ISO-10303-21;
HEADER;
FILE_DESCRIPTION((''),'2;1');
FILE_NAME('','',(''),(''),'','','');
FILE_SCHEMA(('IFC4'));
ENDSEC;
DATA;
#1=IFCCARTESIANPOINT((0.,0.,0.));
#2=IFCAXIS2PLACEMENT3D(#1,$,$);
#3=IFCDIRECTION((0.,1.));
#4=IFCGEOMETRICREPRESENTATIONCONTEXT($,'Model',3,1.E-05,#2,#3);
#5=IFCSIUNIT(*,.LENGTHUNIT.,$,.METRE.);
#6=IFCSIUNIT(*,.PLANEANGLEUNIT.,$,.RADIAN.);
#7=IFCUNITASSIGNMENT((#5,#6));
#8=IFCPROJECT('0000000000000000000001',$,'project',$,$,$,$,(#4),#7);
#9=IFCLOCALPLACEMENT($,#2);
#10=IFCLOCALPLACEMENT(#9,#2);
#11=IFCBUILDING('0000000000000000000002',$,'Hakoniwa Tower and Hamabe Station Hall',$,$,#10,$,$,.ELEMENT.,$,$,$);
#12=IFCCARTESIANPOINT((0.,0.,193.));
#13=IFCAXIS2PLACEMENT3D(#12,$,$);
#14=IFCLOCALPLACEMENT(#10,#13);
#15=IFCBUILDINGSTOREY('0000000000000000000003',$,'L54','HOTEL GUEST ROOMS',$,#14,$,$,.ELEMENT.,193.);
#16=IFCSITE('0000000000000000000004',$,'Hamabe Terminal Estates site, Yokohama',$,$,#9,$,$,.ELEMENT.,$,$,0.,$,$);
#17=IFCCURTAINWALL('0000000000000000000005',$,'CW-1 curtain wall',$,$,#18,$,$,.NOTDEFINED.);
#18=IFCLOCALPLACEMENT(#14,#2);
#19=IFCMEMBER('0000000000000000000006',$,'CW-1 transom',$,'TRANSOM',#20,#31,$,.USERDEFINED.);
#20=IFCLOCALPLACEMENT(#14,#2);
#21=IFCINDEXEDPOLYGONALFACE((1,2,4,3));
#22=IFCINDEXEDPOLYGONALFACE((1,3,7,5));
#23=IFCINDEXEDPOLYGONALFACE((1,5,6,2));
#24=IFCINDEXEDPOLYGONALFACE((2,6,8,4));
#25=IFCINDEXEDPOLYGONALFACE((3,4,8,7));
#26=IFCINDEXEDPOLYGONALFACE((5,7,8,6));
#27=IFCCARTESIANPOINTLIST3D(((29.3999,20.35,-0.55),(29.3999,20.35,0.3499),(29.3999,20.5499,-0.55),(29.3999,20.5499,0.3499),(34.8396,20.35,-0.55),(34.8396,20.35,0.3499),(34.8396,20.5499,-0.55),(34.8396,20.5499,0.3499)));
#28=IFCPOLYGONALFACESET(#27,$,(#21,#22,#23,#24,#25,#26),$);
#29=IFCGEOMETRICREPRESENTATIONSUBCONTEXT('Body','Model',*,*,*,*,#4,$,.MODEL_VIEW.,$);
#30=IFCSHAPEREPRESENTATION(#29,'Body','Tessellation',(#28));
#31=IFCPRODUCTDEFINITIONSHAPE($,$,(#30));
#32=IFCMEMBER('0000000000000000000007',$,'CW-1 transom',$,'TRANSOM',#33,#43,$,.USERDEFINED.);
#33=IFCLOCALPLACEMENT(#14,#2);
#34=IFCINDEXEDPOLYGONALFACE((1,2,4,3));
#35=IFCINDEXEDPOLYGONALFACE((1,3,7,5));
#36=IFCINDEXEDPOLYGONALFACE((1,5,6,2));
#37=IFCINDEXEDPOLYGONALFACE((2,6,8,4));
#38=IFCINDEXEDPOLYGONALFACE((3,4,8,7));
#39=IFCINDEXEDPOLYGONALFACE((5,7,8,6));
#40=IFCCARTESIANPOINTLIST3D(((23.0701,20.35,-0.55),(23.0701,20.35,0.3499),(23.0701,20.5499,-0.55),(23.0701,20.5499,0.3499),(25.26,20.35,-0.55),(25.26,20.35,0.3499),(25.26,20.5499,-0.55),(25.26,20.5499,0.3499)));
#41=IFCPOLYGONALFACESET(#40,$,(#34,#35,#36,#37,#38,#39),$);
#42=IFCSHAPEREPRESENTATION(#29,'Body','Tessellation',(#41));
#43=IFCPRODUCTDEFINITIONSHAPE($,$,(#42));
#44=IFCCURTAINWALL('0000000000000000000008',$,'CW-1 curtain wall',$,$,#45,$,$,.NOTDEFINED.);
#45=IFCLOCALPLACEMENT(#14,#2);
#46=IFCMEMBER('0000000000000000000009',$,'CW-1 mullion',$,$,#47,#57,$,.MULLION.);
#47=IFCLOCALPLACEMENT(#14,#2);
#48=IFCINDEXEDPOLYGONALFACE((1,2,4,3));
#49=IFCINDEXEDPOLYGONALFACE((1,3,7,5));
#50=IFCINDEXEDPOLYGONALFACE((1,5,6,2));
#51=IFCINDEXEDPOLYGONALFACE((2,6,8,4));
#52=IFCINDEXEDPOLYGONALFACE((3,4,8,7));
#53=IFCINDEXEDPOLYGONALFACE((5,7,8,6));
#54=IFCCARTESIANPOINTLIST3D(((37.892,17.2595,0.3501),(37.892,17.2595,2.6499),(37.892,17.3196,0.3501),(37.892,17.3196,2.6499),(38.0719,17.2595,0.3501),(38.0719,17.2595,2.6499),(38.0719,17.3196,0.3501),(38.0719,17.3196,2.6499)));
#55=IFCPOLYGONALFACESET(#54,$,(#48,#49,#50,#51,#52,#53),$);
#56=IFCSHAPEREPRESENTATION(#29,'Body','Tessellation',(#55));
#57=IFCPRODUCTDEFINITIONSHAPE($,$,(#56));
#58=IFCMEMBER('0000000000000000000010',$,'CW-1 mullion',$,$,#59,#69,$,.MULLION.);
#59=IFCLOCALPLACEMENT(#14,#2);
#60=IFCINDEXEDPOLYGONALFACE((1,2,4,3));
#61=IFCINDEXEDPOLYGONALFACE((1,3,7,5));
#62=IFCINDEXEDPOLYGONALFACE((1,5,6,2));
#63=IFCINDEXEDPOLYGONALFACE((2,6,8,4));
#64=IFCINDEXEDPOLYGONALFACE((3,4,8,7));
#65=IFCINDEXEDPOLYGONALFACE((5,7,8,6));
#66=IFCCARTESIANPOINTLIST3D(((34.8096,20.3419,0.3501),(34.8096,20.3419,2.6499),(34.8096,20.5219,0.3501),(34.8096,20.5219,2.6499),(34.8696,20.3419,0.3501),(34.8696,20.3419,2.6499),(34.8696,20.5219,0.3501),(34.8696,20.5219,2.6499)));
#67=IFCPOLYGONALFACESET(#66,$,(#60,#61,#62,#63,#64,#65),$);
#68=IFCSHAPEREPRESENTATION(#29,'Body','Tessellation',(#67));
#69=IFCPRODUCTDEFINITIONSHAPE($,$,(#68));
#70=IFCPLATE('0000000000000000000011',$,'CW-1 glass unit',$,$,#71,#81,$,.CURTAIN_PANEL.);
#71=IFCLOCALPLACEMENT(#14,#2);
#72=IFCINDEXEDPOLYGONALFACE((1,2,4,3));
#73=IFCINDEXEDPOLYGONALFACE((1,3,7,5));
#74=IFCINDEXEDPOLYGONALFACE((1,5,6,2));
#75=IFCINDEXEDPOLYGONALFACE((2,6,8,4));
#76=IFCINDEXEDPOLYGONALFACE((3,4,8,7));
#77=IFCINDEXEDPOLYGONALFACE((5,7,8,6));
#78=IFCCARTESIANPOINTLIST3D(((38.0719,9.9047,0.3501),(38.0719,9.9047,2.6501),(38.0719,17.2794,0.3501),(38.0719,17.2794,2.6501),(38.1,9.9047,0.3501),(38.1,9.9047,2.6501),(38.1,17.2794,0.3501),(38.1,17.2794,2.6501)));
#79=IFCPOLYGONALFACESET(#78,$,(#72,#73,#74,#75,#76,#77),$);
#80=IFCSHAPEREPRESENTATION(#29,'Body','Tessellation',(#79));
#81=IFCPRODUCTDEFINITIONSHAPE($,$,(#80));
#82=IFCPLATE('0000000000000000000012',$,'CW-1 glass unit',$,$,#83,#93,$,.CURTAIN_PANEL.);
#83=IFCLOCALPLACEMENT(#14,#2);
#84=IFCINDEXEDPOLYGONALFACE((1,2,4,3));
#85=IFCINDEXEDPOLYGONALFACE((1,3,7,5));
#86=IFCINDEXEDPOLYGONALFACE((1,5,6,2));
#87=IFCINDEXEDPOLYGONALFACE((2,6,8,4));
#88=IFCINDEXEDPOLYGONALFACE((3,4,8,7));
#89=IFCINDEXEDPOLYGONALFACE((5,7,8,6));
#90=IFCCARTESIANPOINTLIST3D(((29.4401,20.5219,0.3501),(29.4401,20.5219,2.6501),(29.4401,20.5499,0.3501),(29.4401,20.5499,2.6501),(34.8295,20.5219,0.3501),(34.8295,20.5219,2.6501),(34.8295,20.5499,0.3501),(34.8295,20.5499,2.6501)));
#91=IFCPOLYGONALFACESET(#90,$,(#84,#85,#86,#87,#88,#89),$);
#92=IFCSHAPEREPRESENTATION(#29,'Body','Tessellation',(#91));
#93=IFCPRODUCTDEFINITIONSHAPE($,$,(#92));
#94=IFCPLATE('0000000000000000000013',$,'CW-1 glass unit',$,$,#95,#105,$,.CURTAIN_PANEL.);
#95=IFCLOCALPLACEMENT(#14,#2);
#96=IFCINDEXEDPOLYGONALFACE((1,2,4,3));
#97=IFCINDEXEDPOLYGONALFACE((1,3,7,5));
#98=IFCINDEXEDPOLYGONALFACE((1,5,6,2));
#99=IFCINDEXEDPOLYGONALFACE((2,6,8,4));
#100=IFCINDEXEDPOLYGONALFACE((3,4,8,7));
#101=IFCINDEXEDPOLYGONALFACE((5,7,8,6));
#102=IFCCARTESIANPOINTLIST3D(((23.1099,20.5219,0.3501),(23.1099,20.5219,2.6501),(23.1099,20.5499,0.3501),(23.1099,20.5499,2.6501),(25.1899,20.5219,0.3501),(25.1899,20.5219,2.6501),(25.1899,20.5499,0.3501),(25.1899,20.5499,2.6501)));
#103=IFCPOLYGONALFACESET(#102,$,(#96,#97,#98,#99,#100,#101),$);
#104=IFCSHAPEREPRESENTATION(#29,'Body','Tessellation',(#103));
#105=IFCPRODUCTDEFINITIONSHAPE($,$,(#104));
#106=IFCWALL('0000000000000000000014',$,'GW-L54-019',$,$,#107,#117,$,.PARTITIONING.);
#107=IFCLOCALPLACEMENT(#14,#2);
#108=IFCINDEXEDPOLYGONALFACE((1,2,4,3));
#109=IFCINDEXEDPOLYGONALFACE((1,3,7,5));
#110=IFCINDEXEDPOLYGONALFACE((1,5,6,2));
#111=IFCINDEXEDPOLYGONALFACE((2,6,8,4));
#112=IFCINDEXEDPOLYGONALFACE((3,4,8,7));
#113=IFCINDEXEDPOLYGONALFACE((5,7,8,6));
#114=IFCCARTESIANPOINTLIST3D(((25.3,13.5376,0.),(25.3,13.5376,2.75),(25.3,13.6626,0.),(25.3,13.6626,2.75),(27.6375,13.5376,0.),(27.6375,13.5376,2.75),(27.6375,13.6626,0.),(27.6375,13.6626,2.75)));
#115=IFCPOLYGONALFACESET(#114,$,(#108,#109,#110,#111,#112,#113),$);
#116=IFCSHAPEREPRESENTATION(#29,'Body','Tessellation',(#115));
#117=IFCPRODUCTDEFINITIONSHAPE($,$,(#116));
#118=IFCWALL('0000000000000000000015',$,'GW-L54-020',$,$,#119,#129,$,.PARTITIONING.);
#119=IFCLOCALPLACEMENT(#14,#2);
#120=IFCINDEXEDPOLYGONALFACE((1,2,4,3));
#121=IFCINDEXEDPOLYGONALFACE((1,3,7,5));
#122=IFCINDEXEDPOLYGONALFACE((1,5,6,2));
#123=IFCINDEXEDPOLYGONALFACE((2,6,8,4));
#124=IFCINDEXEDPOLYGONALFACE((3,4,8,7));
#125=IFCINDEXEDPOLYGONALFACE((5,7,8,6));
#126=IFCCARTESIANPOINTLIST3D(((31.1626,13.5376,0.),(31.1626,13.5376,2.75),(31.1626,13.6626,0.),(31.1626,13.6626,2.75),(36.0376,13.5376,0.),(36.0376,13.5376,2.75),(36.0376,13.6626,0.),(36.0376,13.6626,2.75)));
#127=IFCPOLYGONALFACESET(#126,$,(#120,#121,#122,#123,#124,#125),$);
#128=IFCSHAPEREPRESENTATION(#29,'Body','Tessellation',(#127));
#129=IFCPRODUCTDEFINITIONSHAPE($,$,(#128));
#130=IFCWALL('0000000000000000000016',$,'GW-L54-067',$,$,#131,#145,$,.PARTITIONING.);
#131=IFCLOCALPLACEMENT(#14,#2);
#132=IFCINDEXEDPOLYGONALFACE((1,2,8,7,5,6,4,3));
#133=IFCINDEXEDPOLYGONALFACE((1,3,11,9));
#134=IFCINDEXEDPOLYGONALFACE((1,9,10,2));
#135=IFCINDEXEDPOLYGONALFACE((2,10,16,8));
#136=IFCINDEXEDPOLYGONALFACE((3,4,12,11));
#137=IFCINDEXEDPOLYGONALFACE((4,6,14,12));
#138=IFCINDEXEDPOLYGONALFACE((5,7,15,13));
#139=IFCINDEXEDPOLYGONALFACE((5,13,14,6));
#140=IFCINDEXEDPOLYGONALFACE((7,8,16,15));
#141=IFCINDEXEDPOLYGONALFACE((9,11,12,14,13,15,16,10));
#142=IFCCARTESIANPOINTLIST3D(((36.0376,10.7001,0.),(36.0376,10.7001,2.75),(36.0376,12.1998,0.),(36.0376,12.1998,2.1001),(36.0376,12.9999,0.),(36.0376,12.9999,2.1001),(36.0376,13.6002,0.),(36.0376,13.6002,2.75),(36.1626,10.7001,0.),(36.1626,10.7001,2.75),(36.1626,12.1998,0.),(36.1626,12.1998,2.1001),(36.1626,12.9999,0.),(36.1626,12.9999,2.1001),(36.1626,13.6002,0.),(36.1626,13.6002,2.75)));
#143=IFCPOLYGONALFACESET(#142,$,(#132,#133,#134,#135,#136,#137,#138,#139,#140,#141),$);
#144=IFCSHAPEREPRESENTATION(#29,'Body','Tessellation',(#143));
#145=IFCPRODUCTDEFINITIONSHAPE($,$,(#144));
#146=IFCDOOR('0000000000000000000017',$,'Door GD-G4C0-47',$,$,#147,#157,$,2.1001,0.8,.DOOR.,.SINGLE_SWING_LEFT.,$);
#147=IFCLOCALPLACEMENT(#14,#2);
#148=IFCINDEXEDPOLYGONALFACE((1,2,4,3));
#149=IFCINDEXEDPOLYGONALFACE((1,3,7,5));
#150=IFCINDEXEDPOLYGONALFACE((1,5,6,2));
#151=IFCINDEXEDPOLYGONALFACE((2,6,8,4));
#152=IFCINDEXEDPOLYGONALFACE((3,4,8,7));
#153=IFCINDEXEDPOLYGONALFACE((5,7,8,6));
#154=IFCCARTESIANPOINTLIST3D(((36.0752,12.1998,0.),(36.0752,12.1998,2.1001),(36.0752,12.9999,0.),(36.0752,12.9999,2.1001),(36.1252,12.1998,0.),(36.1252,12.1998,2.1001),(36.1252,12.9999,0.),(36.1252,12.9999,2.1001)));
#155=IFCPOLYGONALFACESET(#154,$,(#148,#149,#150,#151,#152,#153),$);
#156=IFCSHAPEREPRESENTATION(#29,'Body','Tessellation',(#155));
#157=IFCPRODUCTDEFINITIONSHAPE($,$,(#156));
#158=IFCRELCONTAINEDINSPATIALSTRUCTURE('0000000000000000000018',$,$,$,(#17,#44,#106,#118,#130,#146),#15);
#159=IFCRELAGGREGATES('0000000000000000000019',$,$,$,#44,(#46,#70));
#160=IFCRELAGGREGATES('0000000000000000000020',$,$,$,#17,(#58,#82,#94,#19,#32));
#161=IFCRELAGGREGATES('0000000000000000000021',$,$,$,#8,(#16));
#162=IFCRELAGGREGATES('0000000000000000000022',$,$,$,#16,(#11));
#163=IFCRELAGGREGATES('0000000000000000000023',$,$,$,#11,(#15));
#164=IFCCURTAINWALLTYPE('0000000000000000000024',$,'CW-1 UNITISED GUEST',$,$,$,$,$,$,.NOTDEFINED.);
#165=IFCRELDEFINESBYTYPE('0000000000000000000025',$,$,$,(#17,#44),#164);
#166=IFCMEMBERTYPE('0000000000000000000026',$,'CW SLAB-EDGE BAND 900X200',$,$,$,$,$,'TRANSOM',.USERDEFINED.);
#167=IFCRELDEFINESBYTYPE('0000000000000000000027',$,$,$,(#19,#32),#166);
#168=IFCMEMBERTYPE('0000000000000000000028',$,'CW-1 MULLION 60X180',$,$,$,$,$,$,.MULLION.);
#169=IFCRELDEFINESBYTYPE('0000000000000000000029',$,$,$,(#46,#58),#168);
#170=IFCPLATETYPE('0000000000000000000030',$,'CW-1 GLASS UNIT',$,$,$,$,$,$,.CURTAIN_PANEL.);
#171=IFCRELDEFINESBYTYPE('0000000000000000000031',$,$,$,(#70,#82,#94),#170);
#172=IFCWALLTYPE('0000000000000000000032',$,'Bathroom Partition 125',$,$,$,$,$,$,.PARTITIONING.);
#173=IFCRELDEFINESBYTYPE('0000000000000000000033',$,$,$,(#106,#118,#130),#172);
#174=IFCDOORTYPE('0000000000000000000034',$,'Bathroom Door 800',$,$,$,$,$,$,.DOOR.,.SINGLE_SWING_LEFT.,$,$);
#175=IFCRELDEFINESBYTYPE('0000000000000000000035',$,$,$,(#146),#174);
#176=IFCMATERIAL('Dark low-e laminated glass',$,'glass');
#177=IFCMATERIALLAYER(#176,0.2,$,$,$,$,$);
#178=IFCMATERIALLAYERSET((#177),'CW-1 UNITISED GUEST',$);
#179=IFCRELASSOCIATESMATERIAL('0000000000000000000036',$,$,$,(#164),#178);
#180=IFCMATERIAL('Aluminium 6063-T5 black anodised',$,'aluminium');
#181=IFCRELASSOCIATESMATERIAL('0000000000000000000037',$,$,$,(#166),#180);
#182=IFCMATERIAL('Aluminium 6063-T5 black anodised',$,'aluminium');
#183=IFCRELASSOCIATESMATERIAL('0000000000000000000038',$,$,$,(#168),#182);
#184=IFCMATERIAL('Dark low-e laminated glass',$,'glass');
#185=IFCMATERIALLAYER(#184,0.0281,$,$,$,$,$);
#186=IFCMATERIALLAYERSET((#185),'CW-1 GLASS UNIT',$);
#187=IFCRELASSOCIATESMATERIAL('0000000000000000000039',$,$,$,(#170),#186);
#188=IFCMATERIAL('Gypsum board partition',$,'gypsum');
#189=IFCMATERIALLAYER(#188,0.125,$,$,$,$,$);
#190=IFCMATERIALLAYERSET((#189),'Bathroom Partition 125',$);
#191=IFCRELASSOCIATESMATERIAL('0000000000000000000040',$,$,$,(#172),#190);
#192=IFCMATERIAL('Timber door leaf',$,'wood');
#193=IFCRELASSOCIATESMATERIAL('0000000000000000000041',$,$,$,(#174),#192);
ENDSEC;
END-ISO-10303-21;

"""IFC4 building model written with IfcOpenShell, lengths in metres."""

from ifc_helpers import new_model, si_unit, direction, frame, frame_2d, origin, origin_2d, place, context, subcontext, project, spatial, rectangle, extrude, material, layer, layer_set, material_profile, profile_set, type_object, element, fill, aggregate, save


model = new_model("IFC4")

# Units and contexts
model_context = context("Model", 3, precision=1e-05, world=origin(), true_north=direction((0.0, 1.0)))
body_context = subcontext(model_context, "Body", "Model", "MODEL_VIEW")
ifc_project = project(units=[si_unit("LENGTHUNIT", "METRE"), si_unit("PLANEANGLEUNIT", "RADIAN")], contexts=[model_context])

# Site, building, storey
site_placement = place(None, origin())
site = spatial("IfcSite", under=ifc_project, at=site_placement, Name="Hamabe Terminal Estates site, Yokohama", CompositionType="ELEMENT", RefElevation=0.0)
building_placement = place(site_placement, origin())
building = spatial("IfcBuilding", under=site, at=building_placement, Name="Hakoniwa Tower and Hamabe Station Hall", CompositionType="ELEMENT")
storey_placement = place(building_placement, frame((0.0, 0.0, 193.0)))
storey = spatial("IfcBuildingStorey", under=building, at=storey_placement, Name="L54", Description="HOTEL GUEST ROOMS", CompositionType="ELEMENT", Elevation=193.0)

# Curtain wall, members
ifc_material_1 = material(Name="Dark low-e laminated glass", Category="glass")
ifc_layer_1 = layer(ifc_material_1, 0.2)
ifc_layer_set_1 = layer_set([ifc_layer_1], Name="CW-1 UNITISED GUEST")
curtain_wall_type = type_object("IfcCurtainWallType", Name="CW-1 UNITISED GUEST", PredefinedType="NOTDEFINED", material=ifc_layer_set_1)
curtain_wall_1_placement = place(storey_placement, origin())
curtain_wall_1 = element("IfcCurtainWall", 1, at=curtain_wall_1_placement, inside=storey, type_object=curtain_wall_type, Name="CW-1 curtain wall", PredefinedType="NOTDEFINED")
ifc_material_2 = material(Name="Aluminium 6063-T5 black anodised", Category="aluminium")
ifc_material_profile_1 = material_profile(ifc_material_2, rectangle(XDim=0.2, YDim=0.8999, at=origin_2d()), Name="CW SLAB-EDGE BAND 900X200")
ifc_profile_set_1 = profile_set([ifc_material_profile_1], Name="Aluminium 6063-T5 black anodised")
member_type_1 = type_object("IfcMemberType", Name="CW SLAB-EDGE BAND 900X200", ElementType="TRANSOM", PredefinedType="USERDEFINED", material=ifc_profile_set_1)
member_1_placement = place(storey_placement, frame((34.8396, 20.45, -0.1001), z_axis=(-1.0, 0.0, 0.0), x_axis=(0.0, -1.0, 0.0)))
member_1 = element("IfcMember", 2, at=member_1_placement, type_object=member_type_1, Name="CW-1 transom", ObjectType="TRANSOM", PredefinedType="USERDEFINED", context=body_context, shape_type="SweptSolid", body=[
    extrude(rectangle(XDim=0.2, YDim=0.8999, at=origin_2d()), origin(), (0.0, 0.0, 1.0), 5.4397),
])
member_2_placement = place(storey_placement, frame((25.26, 20.45, -0.1001), z_axis=(-1.0, 0.0, 0.0), x_axis=(0.0, -1.0, 0.0)))
member_2 = element("IfcMember", 3, at=member_2_placement, type_object=member_type_1, Name="CW-1 transom", ObjectType="TRANSOM", PredefinedType="USERDEFINED", context=body_context, shape_type="SweptSolid", body=[
    extrude(rectangle(XDim=0.2, YDim=0.8999, at=origin_2d()), origin(), (0.0, 0.0, 1.0), 2.1899),
])

# Curtain wall, member
curtain_wall_2_placement = place(storey_placement, origin())
curtain_wall_2 = element("IfcCurtainWall", 4, at=curtain_wall_2_placement, inside=storey, type_object=curtain_wall_type, Name="CW-1 curtain wall", PredefinedType="NOTDEFINED")
ifc_material_3 = material(Name="Aluminium 6063-T5 black anodised", Category="aluminium")
ifc_material_profile_2 = material_profile(ifc_material_3, rectangle(XDim=0.0601, YDim=0.1799, at=origin_2d()), Name="CW-1 MULLION 60X180")
ifc_profile_set_2 = profile_set([ifc_material_profile_2], Name="Aluminium 6063-T5 black anodised")
member_type_2 = type_object("IfcMemberType", Name="CW-1 MULLION 60X180", PredefinedType="MULLION", material=ifc_profile_set_2)
member_3_placement = place(storey_placement, frame((37.9819, 17.2896, 0.3501), z_axis=(0.0, 0.0, 1.0), x_axis=(0.0, 1.0, 0.0)))
member_3 = element("IfcMember", 5, at=member_3_placement, type_object=member_type_2, Name="CW-1 mullion", PredefinedType="MULLION", context=body_context, shape_type="SweptSolid", body=[
    extrude(rectangle(XDim=0.0601, YDim=0.1799, at=origin_2d()), origin(), (0.0, 0.0, 1.0), 2.2998),
])

# Member
member_4_placement = place(storey_placement, frame((34.8396, 20.4319, 0.3501), z_axis=(0.0, 0.0, 1.0), x_axis=(-1.0, 0.0, 0.0)))
member_4 = element("IfcMember", 6, at=member_4_placement, type_object=member_type_2, Name="CW-1 mullion", PredefinedType="MULLION", context=body_context, shape_type="SweptSolid", body=[
    extrude(rectangle(XDim=0.0601, YDim=0.1799, at=origin_2d()), origin(), (0.0, 0.0, 1.0), 2.2998),
])

# Plates
ifc_material_4 = material(Name="Dark low-e laminated glass", Category="glass")
ifc_layer_2 = layer(ifc_material_4, 0.0281)
ifc_layer_set_2 = layer_set([ifc_layer_2], Name="CW-1 GLASS UNIT")
plate_type = type_object("IfcPlateType", Name="CW-1 GLASS UNIT", PredefinedType="CURTAIN_PANEL", material=ifc_layer_set_2)
plate_1_placement = place(storey_placement, frame((38.0859, 13.592, 0.3501), z_axis=(0.0, 0.0, 1.0), x_axis=(0.0, 1.0, 0.0)))
plate_1 = element("IfcPlate", 7, at=plate_1_placement, type_object=plate_type, Name="CW-1 glass unit", PredefinedType="CURTAIN_PANEL", context=body_context, shape_type="SweptSolid", body=[
    extrude(rectangle(XDim=7.3748, YDim=0.0281, at=origin_2d()), origin(), (0.0, 0.0, 1.0), 2.3),
])
aggregate(curtain_wall_2, [member_3, plate_1])
plate_2_placement = place(storey_placement, frame((32.1348, 20.5359, 0.3501), z_axis=(0.0, 0.0, 1.0), x_axis=(-1.0, 0.0, 0.0)))
plate_2 = element("IfcPlate", 8, at=plate_2_placement, type_object=plate_type, Name="CW-1 glass unit", PredefinedType="CURTAIN_PANEL", context=body_context, shape_type="SweptSolid", body=[
    extrude(rectangle(XDim=5.3894, YDim=0.0281, at=origin_2d()), origin(), (0.0, 0.0, 1.0), 2.3),
])
plate_3_placement = place(storey_placement, frame((24.1499, 20.5359, 0.3501), z_axis=(0.0, 0.0, 1.0), x_axis=(-1.0, 0.0, 0.0)))
plate_3 = element("IfcPlate", 9, at=plate_3_placement, type_object=plate_type, Name="CW-1 glass unit", PredefinedType="CURTAIN_PANEL", context=body_context, shape_type="SweptSolid", body=[
    extrude(rectangle(XDim=2.0801, YDim=0.0281, at=origin_2d()), origin(), (0.0, 0.0, 1.0), 2.3),
])

# Walls
ifc_material_5 = material(Name="Gypsum board partition", Category="gypsum")
ifc_layer_3 = layer(ifc_material_5, 0.125)
ifc_layer_set_3 = layer_set([ifc_layer_3], Name="Bathroom Partition 125")
wall_type_1 = type_object("IfcWallType", Name="Bathroom Partition 125", PredefinedType="PARTITIONING", material=ifc_layer_set_3)
wall_1_placement = place(storey_placement, frame((25.3, 13.6001, 0.0), z_axis=(0.0, 0.0, 1.0), x_axis=(1.0, 0.0, 0.0)))
element("IfcWall", 10, at=wall_1_placement, inside=storey, type_object=wall_type_1, Name="GW-L54-019", PredefinedType="PARTITIONING", context=body_context, shape_type="SweptSolid", body=[
    extrude(rectangle(XDim=2.3374, YDim=0.125, at=frame_2d((1.1687, 0.0))), origin(), (0.0, 0.0, 1.0), 2.75),
])
wall_2_placement = place(storey_placement, frame((31.1626, 13.6001, 0.0), z_axis=(0.0, 0.0, 1.0), x_axis=(1.0, 0.0, 0.0)))
element("IfcWall", 11, at=wall_2_placement, inside=storey, type_object=wall_type_1, Name="GW-L54-020", PredefinedType="PARTITIONING", context=body_context, shape_type="SweptSolid", body=[
    extrude(rectangle(XDim=4.875, YDim=0.125, at=frame_2d((2.4375, 0.0))), origin(), (0.0, 0.0, 1.0), 2.75),
])

# Wall, opening, door
wall_3_placement = place(storey_placement, frame((36.1001, 10.7, 0.0), z_axis=(0.0, 0.0, 1.0), x_axis=(0.0, 1.0, 0.0)))
wall_3 = element("IfcWall", 12, at=wall_3_placement, inside=storey, type_object=wall_type_1, Name="GW-L54-067", PredefinedType="PARTITIONING", context=body_context, shape_type="SweptSolid", body=[
    extrude(rectangle(XDim=2.9001, YDim=0.125, at=frame_2d((1.4502, 0.0))), origin(), (0.0, 0.0, 1.0), 2.75),
])
opening_1_placement = place(wall_3_placement, frame((1.5, 0.0, 0.0)))
opening_1 = element("IfcOpeningElement", 13, at=opening_1_placement, cuts=wall_3, PredefinedType="OPENING", context=body_context, shape_type="SweptSolid", body=[
    extrude(rectangle(XDim=0.8, YDim=2.1001, at=frame_2d((0.3999, 1.05))), frame((0.0, 0.0725, 0.0), z_axis=(0.0, -1.0, 0.0), x_axis=(1.0, 0.0, 0.0)), (0.0, 0.0, 1.0), 0.145),
])
ifc_material_6 = material(Name="Timber door leaf", Category="wood")
door_type_1 = type_object("IfcDoorType", Name="Bathroom Door 800", OperationType="SINGLE_SWING_LEFT", PredefinedType="DOOR", material=ifc_material_6)
door_1_placement = place(opening_1_placement, origin())
door_1 = element("IfcDoor", 14, at=door_1_placement, inside=storey, type_object=door_type_1, Name="Door GD-G4C0-47", OperationType="SINGLE_SWING_LEFT", OverallHeight=2.1001, OverallWidth=0.8, PredefinedType="DOOR", context=body_context, shape_type="SweptSolid", body=[
    extrude(rectangle(XDim=0.8, YDim=2.1001, at=frame_2d((0.3999, 1.05))), frame((0.0, 0.0249, 0.0), z_axis=(0.0, -1.0, 0.0), x_axis=(1.0, 0.0, 0.0)), (0.0, 0.0, 1.0), 0.05),
])
fill(opening_1, door_1)
aggregate(curtain_wall_1, [member_4, plate_2, plate_3, member_1, member_2])

save(model, "model.ifc")
